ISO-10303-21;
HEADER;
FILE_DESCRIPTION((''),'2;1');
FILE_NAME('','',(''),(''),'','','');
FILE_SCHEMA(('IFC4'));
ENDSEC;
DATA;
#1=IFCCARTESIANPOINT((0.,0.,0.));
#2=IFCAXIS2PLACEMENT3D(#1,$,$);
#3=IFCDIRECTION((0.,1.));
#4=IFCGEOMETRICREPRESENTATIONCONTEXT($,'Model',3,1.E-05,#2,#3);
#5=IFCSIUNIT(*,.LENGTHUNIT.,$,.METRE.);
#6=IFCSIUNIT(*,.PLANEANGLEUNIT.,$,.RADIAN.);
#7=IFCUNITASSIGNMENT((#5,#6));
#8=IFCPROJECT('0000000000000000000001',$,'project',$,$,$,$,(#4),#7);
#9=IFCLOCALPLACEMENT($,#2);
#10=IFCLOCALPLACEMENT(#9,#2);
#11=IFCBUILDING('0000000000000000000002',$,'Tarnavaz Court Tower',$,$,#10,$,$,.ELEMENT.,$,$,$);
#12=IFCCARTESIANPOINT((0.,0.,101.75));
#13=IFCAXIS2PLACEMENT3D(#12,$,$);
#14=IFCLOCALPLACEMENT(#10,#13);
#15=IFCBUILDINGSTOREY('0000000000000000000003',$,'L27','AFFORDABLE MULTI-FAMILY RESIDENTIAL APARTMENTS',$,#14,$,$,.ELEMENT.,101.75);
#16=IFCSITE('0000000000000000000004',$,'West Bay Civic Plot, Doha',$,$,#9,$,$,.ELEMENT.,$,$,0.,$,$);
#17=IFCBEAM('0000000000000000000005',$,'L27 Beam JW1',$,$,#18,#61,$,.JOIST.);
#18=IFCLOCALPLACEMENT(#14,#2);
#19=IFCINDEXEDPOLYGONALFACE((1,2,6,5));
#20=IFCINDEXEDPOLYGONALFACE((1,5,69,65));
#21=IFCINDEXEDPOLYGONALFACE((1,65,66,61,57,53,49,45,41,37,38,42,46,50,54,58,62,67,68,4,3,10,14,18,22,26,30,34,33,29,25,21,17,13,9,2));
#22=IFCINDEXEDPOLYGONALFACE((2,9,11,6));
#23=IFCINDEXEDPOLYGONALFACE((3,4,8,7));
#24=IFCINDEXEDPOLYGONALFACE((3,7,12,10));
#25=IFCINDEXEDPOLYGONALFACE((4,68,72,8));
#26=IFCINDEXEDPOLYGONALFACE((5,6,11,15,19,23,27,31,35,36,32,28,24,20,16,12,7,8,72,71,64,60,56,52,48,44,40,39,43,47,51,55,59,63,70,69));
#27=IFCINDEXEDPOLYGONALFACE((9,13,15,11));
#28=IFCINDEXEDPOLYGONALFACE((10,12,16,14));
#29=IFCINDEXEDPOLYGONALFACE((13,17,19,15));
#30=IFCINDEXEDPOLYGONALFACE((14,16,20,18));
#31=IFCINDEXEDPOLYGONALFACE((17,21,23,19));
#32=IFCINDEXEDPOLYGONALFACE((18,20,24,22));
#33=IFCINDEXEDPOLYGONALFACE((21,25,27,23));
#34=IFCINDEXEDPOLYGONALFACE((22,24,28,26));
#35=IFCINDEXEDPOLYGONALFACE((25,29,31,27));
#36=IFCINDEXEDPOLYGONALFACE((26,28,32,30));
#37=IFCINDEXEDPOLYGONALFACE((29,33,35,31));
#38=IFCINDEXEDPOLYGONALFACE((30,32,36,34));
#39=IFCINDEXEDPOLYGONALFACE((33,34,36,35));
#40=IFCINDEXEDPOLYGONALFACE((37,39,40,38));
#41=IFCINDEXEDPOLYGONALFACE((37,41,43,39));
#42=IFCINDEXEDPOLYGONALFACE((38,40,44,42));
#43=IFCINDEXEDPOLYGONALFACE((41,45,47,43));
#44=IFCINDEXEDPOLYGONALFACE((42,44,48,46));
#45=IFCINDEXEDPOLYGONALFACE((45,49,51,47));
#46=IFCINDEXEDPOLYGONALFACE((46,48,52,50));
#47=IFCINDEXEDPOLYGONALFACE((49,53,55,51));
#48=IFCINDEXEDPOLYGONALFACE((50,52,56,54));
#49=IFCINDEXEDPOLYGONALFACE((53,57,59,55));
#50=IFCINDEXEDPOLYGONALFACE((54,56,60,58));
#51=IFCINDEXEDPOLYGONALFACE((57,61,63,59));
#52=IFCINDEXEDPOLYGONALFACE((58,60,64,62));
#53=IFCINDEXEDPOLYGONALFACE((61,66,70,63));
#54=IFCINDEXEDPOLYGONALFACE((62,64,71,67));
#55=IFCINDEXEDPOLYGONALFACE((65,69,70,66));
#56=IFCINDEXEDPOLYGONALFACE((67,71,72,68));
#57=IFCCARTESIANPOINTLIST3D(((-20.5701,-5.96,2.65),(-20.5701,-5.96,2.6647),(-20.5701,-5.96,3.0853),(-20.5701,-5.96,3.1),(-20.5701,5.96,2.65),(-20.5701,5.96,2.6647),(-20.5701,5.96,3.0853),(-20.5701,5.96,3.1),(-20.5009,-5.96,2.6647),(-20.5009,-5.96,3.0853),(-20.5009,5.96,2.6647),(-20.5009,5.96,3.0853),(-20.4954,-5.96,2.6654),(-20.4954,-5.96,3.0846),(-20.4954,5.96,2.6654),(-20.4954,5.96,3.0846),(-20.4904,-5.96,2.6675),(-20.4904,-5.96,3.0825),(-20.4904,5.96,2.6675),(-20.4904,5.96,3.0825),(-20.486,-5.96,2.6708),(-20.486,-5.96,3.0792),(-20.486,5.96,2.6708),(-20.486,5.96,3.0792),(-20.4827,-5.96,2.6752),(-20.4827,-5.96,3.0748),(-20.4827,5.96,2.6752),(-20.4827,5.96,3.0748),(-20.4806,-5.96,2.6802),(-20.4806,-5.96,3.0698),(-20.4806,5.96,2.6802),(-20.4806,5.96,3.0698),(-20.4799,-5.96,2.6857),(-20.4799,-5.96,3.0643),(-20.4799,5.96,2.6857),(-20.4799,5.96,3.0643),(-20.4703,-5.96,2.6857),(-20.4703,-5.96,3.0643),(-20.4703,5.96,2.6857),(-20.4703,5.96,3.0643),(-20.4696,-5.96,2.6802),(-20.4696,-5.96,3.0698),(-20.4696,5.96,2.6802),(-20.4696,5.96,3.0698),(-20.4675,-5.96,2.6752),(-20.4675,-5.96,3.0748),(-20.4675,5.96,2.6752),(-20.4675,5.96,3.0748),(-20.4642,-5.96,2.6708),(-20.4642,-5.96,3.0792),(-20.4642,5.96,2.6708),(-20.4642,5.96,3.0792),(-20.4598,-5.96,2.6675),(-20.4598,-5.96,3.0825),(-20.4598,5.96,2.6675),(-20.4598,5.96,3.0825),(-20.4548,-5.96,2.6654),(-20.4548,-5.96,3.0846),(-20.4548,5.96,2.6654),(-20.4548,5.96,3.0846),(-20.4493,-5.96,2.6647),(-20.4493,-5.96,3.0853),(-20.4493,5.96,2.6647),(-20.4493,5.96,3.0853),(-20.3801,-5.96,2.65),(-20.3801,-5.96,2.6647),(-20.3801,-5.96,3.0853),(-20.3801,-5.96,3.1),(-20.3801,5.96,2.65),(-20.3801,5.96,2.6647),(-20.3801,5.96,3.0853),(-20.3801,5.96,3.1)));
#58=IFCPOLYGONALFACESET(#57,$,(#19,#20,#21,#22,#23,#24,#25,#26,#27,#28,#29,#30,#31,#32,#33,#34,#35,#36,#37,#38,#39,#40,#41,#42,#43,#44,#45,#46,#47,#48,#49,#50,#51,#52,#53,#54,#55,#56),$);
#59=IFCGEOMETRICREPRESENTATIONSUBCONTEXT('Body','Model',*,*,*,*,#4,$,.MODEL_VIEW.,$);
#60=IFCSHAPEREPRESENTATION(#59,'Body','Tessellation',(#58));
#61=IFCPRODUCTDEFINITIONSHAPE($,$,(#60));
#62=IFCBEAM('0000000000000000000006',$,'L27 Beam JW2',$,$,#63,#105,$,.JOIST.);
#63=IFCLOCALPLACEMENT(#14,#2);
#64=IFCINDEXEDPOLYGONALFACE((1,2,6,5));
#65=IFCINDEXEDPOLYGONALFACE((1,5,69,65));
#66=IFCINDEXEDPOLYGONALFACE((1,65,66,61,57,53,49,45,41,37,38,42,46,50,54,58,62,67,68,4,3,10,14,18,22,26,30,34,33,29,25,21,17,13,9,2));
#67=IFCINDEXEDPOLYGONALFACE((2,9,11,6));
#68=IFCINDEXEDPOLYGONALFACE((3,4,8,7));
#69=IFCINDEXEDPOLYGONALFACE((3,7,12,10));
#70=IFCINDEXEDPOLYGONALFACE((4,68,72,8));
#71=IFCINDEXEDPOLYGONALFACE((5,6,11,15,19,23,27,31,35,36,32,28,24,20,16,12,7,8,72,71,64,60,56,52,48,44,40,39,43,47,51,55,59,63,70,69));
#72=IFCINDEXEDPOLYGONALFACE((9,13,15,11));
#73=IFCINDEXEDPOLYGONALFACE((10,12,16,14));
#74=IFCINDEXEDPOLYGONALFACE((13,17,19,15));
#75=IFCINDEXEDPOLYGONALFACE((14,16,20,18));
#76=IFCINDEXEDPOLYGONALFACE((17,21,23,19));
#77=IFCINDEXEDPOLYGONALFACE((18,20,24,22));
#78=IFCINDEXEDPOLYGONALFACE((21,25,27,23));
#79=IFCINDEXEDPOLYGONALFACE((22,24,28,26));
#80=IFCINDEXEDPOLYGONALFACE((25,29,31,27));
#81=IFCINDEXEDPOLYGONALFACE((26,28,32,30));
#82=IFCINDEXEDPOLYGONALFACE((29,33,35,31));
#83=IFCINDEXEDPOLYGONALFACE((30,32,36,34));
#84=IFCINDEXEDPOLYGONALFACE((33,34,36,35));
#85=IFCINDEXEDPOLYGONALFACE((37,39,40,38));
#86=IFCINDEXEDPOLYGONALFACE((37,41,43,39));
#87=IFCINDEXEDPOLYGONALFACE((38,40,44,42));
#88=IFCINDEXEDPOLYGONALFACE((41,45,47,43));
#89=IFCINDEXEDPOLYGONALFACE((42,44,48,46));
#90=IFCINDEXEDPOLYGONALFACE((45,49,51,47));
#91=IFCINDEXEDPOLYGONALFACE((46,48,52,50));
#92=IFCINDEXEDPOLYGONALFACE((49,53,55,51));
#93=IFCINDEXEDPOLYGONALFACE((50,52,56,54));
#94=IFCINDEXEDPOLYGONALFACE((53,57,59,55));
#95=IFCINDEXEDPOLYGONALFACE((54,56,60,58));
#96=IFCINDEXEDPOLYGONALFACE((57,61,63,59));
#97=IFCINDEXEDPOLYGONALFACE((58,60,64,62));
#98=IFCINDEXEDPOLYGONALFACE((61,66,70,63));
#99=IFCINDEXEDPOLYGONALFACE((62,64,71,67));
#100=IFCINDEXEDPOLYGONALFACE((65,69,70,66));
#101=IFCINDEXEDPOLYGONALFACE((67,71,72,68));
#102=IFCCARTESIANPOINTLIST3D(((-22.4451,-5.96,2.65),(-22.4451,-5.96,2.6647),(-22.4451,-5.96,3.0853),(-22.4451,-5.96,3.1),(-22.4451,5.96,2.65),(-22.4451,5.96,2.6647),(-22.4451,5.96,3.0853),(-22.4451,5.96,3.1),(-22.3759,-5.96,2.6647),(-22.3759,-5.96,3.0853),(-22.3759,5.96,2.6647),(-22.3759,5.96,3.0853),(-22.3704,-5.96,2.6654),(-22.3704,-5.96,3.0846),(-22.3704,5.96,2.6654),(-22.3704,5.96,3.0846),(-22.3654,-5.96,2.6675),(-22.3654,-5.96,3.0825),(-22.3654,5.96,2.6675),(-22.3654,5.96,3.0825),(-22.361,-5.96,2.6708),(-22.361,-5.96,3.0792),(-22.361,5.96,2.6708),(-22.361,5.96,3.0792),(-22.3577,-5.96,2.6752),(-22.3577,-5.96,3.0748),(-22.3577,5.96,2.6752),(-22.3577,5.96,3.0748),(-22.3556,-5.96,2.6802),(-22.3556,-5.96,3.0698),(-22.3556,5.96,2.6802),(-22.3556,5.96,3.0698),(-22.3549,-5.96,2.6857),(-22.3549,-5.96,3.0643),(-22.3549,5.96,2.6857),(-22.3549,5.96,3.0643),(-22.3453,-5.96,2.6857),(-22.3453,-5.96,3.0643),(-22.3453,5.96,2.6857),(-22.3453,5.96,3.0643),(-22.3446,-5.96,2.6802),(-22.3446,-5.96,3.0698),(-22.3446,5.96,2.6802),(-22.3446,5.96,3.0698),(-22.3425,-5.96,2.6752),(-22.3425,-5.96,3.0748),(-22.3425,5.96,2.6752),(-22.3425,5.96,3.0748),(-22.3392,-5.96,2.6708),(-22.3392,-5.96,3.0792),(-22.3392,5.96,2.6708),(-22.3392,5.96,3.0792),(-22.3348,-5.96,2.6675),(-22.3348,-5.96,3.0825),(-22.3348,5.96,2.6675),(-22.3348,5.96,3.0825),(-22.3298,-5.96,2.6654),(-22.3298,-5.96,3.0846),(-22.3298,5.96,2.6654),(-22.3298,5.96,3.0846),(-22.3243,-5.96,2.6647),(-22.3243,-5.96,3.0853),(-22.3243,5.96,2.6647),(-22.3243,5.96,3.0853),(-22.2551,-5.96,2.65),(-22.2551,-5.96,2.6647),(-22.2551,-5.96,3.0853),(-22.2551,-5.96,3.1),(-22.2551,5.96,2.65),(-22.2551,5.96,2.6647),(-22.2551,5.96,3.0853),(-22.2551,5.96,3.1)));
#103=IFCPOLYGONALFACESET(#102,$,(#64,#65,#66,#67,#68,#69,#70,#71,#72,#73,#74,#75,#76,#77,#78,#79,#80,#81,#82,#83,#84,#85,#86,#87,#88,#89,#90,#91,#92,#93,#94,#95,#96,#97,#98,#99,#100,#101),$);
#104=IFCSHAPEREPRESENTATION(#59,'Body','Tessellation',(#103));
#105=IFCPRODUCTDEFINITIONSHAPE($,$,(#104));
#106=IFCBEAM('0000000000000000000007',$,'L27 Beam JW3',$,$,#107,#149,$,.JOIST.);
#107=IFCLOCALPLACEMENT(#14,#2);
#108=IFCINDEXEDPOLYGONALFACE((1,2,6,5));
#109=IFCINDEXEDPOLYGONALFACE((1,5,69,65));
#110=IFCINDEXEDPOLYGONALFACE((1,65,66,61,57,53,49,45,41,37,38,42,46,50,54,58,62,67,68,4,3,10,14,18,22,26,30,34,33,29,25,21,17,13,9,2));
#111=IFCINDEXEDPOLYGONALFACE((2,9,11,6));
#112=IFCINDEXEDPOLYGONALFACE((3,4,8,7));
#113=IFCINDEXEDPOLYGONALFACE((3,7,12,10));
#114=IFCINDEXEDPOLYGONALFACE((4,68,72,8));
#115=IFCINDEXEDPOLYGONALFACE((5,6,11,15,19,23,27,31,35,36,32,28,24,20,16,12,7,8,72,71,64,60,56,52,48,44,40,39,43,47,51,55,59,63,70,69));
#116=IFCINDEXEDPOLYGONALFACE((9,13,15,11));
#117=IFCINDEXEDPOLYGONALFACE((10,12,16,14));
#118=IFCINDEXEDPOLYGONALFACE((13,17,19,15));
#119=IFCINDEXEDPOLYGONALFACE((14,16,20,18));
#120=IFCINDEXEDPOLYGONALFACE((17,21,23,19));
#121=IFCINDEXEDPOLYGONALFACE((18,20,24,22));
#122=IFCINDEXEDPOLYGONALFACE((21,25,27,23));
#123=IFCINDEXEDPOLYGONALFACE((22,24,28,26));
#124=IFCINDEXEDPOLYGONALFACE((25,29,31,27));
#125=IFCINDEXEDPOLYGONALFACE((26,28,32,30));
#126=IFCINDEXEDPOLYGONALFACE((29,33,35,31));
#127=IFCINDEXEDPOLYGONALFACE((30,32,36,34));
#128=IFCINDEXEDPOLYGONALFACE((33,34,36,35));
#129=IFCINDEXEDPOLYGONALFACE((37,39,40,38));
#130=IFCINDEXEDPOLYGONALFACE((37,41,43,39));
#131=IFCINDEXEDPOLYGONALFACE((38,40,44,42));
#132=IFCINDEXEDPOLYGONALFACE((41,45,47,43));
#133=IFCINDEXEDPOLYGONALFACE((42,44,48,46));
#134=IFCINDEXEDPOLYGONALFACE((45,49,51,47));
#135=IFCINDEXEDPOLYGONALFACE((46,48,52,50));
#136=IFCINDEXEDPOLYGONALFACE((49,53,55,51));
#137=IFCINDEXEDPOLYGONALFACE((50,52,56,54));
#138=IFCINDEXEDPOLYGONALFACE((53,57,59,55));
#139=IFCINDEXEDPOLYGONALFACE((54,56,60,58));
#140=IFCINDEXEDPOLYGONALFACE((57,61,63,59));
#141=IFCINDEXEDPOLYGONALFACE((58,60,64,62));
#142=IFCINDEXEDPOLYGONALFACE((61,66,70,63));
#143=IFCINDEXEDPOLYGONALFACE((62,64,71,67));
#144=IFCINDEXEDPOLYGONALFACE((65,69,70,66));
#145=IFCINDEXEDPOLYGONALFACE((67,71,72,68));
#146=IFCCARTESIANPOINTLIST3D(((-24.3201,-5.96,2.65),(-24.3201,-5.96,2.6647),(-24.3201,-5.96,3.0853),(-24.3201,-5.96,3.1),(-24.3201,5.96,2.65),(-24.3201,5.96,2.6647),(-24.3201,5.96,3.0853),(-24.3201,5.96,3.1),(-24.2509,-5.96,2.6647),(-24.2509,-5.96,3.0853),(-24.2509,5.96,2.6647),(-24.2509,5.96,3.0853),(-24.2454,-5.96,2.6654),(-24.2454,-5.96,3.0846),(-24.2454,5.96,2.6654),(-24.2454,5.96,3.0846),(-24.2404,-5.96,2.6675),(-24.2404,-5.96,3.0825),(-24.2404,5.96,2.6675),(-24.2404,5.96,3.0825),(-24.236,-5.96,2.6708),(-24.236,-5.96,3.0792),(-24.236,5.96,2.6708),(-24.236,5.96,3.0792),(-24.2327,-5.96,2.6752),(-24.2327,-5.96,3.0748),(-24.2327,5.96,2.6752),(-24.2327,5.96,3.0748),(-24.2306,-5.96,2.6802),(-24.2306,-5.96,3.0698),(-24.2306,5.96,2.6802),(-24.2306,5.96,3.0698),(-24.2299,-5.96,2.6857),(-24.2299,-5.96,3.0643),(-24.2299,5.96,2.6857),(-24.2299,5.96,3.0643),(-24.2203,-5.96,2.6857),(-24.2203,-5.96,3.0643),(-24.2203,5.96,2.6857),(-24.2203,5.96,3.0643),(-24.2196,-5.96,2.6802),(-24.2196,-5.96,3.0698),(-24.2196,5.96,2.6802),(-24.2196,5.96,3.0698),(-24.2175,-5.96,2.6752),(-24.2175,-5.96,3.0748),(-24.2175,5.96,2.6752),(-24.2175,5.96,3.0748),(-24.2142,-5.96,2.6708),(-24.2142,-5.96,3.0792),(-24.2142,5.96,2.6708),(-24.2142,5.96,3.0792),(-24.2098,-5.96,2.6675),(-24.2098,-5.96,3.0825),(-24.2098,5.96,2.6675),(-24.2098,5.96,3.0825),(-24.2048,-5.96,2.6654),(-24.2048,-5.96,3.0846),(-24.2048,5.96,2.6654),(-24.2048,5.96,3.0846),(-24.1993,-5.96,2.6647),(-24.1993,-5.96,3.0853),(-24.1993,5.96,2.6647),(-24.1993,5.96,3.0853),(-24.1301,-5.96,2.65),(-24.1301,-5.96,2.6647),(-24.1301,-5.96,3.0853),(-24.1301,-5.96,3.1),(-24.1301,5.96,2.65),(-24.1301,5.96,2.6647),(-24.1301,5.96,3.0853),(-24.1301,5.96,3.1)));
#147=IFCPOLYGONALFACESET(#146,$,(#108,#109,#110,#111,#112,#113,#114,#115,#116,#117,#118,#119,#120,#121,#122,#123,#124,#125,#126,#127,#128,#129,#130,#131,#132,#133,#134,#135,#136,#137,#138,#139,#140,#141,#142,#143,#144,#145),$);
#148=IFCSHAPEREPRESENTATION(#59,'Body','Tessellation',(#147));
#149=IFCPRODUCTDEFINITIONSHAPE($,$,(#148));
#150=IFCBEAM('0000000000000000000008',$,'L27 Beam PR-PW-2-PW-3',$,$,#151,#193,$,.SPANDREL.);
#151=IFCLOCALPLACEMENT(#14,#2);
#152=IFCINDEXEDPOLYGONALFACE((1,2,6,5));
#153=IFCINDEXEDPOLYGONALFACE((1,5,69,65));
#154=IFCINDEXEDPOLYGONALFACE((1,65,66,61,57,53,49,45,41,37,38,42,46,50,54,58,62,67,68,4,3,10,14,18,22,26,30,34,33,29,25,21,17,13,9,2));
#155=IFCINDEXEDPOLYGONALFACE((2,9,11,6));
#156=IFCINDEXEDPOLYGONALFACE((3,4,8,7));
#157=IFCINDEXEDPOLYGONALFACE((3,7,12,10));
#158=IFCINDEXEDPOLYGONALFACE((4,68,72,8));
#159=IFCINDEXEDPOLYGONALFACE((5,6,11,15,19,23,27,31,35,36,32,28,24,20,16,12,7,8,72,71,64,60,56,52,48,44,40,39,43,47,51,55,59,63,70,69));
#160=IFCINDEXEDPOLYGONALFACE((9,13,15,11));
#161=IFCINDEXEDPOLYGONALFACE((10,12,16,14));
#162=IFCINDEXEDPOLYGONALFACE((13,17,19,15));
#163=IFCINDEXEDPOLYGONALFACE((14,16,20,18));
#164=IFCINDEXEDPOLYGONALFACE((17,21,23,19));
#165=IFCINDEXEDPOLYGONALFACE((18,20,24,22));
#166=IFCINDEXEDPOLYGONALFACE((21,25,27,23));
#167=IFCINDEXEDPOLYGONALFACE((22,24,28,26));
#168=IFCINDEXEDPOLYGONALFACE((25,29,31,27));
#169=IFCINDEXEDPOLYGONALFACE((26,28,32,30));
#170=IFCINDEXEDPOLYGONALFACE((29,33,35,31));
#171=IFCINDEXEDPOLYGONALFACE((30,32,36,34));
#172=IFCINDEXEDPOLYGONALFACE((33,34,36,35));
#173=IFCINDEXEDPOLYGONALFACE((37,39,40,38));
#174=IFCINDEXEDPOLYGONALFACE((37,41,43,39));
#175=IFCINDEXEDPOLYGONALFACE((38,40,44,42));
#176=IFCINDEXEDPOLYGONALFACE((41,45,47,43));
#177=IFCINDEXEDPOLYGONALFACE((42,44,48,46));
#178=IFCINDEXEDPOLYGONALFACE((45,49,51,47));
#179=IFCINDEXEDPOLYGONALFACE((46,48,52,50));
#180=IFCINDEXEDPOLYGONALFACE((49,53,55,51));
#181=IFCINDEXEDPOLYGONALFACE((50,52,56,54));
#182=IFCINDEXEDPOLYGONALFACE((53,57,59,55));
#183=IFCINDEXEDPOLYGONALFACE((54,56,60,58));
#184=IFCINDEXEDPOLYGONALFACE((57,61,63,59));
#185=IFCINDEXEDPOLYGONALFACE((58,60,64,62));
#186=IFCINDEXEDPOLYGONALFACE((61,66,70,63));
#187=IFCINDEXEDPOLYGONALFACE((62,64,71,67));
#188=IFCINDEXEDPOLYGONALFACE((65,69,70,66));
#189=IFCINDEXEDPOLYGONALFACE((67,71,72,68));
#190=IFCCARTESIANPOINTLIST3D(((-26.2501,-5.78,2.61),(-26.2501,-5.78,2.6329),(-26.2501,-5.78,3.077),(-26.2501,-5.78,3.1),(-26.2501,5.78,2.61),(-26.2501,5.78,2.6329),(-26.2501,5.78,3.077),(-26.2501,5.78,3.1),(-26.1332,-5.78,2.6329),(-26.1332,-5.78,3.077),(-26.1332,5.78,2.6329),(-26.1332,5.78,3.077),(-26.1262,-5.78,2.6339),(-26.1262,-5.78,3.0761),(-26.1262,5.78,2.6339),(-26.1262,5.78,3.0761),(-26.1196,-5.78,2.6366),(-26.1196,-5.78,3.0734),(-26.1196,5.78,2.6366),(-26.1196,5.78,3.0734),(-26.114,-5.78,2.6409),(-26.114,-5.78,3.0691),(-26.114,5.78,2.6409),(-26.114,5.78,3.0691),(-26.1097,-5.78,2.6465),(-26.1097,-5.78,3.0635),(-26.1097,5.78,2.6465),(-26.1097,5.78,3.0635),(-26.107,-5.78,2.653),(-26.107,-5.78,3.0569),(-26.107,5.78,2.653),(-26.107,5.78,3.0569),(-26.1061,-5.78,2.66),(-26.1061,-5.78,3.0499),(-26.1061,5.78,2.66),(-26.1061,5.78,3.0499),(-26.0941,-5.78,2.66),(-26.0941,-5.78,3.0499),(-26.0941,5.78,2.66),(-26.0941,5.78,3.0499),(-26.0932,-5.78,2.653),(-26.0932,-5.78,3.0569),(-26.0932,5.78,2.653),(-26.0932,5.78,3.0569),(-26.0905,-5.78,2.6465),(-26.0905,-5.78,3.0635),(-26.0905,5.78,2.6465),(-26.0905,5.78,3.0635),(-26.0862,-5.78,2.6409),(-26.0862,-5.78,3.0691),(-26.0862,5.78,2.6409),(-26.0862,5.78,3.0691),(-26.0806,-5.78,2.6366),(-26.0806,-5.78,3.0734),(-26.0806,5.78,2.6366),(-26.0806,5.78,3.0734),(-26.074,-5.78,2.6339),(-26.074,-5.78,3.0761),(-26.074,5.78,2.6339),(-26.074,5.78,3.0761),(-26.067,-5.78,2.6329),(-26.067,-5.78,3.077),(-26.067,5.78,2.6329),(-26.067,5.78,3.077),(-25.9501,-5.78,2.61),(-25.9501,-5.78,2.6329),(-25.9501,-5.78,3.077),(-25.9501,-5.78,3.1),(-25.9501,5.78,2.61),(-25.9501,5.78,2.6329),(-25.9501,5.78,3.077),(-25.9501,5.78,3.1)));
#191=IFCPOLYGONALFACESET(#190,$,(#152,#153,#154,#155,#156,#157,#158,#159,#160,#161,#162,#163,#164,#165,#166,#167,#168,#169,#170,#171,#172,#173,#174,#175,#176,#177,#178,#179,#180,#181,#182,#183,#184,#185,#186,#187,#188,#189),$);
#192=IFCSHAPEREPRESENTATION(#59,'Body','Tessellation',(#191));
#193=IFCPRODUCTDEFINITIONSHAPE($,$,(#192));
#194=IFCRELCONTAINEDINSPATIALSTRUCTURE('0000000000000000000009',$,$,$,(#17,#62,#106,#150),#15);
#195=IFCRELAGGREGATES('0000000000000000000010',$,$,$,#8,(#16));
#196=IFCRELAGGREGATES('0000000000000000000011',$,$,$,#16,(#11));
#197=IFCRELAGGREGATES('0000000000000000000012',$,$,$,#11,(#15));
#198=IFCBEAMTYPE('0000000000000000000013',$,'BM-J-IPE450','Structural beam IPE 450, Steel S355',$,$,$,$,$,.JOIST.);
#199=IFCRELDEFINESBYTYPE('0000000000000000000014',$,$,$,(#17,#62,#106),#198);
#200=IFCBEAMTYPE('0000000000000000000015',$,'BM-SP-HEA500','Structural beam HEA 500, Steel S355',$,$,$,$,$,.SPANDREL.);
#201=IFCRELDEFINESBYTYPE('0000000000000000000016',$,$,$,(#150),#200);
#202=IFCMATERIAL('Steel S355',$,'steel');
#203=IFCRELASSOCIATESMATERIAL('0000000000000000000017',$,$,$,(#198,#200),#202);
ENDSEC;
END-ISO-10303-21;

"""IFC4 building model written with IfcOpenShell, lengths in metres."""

from ifc_helpers import new_model, si_unit, direction, frame, origin, origin_2d, place, context, subcontext, project, spatial, i_section, extrude, material, material_profile, profile_set, type_object, element, save


model = new_model("IFC4")

# Units and contexts
model_context = context("Model", 3, precision=1e-05, world=origin(), true_north=direction((0.0, 1.0)))
body_context = subcontext(model_context, "Body", "Model", "MODEL_VIEW")
ifc_project = project(units=[si_unit("LENGTHUNIT", "METRE"), si_unit("PLANEANGLEUNIT", "RADIAN")], contexts=[model_context])

# Site, building, storey
site_placement = place(None, origin())
site = spatial("IfcSite", under=ifc_project, at=site_placement, Name="West Bay Civic Plot, Doha", CompositionType="ELEMENT", RefElevation=0.0)
building_placement = place(site_placement, origin())
building = spatial("IfcBuilding", under=site, at=building_placement, Name="Tarnavaz Court Tower", CompositionType="ELEMENT")
storey_placement = place(building_placement, frame((0.0, 0.0, 101.75)))
storey = spatial("IfcBuildingStorey", under=building, at=storey_placement, Name="L27", Description="AFFORDABLE MULTI-FAMILY RESIDENTIAL APARTMENTS", CompositionType="ELEMENT", Elevation=101.75)

# Beams
ifc_material_1 = material(Name="Steel S355", Category="steel")
ifc_material_profile_1 = material_profile(ifc_material_1, i_section(OverallWidth=0.1899, OverallDepth=0.45, WebThickness=0.0095, FlangeThickness=0.0146, FilletRadius=0.021, at=origin_2d()), Name="IPE 450")
ifc_profile_set_1 = profile_set([ifc_material_profile_1], Name="Steel S355")
beam_type_1 = type_object("IfcBeamType", Name="BM-J-IPE450", Description="Structural beam IPE 450, Steel S355", PredefinedType="JOIST", material=ifc_profile_set_1)
for number, where, z_axis, x_axis, name in (
    (1, (-20.4751, -5.96, 2.875), (0.0, 1.0, 0.0), (-1.0, 0.0, 0.0), "L27 Beam JW1"),
    (2, (-22.3501, -5.96, 2.875), (0.0, 1.0, 0.0), (-1.0, 0.0, 0.0), "L27 Beam JW2"),
    (3, (-24.2251, -5.96, 2.875), (0.0, 1.0, 0.0), (-1.0, 0.0, 0.0), "L27 Beam JW3"),
):
    element("IfcBeam", number, at=place(storey_placement, frame(where, z_axis=z_axis, x_axis=x_axis)), inside=storey, type_object=beam_type_1, Name=name, PredefinedType="JOIST", context=body_context, shape_type="SweptSolid", body=[
        extrude(i_section(OverallWidth=0.1899, OverallDepth=0.45, WebThickness=0.0095, FlangeThickness=0.0146, FilletRadius=0.021, at=origin_2d()), origin(), (0.0, 0.0, 1.0), 11.9199),
    ])
ifc_material_profile_2 = material_profile(ifc_material_1, i_section(OverallWidth=0.3, OverallDepth=0.49, WebThickness=0.012, FlangeThickness=0.0229, FilletRadius=0.0271, at=origin_2d()), Name="HEA 500")
ifc_profile_set_2 = profile_set([ifc_material_profile_2], Name="Steel S355")
beam_type_2 = type_object("IfcBeamType", Name="BM-SP-HEA500", Description="Structural beam HEA 500, Steel S355", PredefinedType="SPANDREL", material=ifc_profile_set_2)
beam_1_placement = place(storey_placement, frame((-26.1001, -5.78, 2.855), z_axis=(0.0, 1.0, 0.0), x_axis=(-1.0, 0.0, 0.0)))
element("IfcBeam", 4, at=beam_1_placement, inside=storey, type_object=beam_type_2, Name="L27 Beam PR-PW-2-PW-3", PredefinedType="SPANDREL", context=body_context, shape_type="SweptSolid", body=[
    extrude(i_section(OverallWidth=0.3, OverallDepth=0.49, WebThickness=0.012, FlangeThickness=0.0229, FilletRadius=0.0271, at=origin_2d()), origin(), (0.0, 0.0, 1.0), 11.5601),
])

save(model, "model.ifc")
